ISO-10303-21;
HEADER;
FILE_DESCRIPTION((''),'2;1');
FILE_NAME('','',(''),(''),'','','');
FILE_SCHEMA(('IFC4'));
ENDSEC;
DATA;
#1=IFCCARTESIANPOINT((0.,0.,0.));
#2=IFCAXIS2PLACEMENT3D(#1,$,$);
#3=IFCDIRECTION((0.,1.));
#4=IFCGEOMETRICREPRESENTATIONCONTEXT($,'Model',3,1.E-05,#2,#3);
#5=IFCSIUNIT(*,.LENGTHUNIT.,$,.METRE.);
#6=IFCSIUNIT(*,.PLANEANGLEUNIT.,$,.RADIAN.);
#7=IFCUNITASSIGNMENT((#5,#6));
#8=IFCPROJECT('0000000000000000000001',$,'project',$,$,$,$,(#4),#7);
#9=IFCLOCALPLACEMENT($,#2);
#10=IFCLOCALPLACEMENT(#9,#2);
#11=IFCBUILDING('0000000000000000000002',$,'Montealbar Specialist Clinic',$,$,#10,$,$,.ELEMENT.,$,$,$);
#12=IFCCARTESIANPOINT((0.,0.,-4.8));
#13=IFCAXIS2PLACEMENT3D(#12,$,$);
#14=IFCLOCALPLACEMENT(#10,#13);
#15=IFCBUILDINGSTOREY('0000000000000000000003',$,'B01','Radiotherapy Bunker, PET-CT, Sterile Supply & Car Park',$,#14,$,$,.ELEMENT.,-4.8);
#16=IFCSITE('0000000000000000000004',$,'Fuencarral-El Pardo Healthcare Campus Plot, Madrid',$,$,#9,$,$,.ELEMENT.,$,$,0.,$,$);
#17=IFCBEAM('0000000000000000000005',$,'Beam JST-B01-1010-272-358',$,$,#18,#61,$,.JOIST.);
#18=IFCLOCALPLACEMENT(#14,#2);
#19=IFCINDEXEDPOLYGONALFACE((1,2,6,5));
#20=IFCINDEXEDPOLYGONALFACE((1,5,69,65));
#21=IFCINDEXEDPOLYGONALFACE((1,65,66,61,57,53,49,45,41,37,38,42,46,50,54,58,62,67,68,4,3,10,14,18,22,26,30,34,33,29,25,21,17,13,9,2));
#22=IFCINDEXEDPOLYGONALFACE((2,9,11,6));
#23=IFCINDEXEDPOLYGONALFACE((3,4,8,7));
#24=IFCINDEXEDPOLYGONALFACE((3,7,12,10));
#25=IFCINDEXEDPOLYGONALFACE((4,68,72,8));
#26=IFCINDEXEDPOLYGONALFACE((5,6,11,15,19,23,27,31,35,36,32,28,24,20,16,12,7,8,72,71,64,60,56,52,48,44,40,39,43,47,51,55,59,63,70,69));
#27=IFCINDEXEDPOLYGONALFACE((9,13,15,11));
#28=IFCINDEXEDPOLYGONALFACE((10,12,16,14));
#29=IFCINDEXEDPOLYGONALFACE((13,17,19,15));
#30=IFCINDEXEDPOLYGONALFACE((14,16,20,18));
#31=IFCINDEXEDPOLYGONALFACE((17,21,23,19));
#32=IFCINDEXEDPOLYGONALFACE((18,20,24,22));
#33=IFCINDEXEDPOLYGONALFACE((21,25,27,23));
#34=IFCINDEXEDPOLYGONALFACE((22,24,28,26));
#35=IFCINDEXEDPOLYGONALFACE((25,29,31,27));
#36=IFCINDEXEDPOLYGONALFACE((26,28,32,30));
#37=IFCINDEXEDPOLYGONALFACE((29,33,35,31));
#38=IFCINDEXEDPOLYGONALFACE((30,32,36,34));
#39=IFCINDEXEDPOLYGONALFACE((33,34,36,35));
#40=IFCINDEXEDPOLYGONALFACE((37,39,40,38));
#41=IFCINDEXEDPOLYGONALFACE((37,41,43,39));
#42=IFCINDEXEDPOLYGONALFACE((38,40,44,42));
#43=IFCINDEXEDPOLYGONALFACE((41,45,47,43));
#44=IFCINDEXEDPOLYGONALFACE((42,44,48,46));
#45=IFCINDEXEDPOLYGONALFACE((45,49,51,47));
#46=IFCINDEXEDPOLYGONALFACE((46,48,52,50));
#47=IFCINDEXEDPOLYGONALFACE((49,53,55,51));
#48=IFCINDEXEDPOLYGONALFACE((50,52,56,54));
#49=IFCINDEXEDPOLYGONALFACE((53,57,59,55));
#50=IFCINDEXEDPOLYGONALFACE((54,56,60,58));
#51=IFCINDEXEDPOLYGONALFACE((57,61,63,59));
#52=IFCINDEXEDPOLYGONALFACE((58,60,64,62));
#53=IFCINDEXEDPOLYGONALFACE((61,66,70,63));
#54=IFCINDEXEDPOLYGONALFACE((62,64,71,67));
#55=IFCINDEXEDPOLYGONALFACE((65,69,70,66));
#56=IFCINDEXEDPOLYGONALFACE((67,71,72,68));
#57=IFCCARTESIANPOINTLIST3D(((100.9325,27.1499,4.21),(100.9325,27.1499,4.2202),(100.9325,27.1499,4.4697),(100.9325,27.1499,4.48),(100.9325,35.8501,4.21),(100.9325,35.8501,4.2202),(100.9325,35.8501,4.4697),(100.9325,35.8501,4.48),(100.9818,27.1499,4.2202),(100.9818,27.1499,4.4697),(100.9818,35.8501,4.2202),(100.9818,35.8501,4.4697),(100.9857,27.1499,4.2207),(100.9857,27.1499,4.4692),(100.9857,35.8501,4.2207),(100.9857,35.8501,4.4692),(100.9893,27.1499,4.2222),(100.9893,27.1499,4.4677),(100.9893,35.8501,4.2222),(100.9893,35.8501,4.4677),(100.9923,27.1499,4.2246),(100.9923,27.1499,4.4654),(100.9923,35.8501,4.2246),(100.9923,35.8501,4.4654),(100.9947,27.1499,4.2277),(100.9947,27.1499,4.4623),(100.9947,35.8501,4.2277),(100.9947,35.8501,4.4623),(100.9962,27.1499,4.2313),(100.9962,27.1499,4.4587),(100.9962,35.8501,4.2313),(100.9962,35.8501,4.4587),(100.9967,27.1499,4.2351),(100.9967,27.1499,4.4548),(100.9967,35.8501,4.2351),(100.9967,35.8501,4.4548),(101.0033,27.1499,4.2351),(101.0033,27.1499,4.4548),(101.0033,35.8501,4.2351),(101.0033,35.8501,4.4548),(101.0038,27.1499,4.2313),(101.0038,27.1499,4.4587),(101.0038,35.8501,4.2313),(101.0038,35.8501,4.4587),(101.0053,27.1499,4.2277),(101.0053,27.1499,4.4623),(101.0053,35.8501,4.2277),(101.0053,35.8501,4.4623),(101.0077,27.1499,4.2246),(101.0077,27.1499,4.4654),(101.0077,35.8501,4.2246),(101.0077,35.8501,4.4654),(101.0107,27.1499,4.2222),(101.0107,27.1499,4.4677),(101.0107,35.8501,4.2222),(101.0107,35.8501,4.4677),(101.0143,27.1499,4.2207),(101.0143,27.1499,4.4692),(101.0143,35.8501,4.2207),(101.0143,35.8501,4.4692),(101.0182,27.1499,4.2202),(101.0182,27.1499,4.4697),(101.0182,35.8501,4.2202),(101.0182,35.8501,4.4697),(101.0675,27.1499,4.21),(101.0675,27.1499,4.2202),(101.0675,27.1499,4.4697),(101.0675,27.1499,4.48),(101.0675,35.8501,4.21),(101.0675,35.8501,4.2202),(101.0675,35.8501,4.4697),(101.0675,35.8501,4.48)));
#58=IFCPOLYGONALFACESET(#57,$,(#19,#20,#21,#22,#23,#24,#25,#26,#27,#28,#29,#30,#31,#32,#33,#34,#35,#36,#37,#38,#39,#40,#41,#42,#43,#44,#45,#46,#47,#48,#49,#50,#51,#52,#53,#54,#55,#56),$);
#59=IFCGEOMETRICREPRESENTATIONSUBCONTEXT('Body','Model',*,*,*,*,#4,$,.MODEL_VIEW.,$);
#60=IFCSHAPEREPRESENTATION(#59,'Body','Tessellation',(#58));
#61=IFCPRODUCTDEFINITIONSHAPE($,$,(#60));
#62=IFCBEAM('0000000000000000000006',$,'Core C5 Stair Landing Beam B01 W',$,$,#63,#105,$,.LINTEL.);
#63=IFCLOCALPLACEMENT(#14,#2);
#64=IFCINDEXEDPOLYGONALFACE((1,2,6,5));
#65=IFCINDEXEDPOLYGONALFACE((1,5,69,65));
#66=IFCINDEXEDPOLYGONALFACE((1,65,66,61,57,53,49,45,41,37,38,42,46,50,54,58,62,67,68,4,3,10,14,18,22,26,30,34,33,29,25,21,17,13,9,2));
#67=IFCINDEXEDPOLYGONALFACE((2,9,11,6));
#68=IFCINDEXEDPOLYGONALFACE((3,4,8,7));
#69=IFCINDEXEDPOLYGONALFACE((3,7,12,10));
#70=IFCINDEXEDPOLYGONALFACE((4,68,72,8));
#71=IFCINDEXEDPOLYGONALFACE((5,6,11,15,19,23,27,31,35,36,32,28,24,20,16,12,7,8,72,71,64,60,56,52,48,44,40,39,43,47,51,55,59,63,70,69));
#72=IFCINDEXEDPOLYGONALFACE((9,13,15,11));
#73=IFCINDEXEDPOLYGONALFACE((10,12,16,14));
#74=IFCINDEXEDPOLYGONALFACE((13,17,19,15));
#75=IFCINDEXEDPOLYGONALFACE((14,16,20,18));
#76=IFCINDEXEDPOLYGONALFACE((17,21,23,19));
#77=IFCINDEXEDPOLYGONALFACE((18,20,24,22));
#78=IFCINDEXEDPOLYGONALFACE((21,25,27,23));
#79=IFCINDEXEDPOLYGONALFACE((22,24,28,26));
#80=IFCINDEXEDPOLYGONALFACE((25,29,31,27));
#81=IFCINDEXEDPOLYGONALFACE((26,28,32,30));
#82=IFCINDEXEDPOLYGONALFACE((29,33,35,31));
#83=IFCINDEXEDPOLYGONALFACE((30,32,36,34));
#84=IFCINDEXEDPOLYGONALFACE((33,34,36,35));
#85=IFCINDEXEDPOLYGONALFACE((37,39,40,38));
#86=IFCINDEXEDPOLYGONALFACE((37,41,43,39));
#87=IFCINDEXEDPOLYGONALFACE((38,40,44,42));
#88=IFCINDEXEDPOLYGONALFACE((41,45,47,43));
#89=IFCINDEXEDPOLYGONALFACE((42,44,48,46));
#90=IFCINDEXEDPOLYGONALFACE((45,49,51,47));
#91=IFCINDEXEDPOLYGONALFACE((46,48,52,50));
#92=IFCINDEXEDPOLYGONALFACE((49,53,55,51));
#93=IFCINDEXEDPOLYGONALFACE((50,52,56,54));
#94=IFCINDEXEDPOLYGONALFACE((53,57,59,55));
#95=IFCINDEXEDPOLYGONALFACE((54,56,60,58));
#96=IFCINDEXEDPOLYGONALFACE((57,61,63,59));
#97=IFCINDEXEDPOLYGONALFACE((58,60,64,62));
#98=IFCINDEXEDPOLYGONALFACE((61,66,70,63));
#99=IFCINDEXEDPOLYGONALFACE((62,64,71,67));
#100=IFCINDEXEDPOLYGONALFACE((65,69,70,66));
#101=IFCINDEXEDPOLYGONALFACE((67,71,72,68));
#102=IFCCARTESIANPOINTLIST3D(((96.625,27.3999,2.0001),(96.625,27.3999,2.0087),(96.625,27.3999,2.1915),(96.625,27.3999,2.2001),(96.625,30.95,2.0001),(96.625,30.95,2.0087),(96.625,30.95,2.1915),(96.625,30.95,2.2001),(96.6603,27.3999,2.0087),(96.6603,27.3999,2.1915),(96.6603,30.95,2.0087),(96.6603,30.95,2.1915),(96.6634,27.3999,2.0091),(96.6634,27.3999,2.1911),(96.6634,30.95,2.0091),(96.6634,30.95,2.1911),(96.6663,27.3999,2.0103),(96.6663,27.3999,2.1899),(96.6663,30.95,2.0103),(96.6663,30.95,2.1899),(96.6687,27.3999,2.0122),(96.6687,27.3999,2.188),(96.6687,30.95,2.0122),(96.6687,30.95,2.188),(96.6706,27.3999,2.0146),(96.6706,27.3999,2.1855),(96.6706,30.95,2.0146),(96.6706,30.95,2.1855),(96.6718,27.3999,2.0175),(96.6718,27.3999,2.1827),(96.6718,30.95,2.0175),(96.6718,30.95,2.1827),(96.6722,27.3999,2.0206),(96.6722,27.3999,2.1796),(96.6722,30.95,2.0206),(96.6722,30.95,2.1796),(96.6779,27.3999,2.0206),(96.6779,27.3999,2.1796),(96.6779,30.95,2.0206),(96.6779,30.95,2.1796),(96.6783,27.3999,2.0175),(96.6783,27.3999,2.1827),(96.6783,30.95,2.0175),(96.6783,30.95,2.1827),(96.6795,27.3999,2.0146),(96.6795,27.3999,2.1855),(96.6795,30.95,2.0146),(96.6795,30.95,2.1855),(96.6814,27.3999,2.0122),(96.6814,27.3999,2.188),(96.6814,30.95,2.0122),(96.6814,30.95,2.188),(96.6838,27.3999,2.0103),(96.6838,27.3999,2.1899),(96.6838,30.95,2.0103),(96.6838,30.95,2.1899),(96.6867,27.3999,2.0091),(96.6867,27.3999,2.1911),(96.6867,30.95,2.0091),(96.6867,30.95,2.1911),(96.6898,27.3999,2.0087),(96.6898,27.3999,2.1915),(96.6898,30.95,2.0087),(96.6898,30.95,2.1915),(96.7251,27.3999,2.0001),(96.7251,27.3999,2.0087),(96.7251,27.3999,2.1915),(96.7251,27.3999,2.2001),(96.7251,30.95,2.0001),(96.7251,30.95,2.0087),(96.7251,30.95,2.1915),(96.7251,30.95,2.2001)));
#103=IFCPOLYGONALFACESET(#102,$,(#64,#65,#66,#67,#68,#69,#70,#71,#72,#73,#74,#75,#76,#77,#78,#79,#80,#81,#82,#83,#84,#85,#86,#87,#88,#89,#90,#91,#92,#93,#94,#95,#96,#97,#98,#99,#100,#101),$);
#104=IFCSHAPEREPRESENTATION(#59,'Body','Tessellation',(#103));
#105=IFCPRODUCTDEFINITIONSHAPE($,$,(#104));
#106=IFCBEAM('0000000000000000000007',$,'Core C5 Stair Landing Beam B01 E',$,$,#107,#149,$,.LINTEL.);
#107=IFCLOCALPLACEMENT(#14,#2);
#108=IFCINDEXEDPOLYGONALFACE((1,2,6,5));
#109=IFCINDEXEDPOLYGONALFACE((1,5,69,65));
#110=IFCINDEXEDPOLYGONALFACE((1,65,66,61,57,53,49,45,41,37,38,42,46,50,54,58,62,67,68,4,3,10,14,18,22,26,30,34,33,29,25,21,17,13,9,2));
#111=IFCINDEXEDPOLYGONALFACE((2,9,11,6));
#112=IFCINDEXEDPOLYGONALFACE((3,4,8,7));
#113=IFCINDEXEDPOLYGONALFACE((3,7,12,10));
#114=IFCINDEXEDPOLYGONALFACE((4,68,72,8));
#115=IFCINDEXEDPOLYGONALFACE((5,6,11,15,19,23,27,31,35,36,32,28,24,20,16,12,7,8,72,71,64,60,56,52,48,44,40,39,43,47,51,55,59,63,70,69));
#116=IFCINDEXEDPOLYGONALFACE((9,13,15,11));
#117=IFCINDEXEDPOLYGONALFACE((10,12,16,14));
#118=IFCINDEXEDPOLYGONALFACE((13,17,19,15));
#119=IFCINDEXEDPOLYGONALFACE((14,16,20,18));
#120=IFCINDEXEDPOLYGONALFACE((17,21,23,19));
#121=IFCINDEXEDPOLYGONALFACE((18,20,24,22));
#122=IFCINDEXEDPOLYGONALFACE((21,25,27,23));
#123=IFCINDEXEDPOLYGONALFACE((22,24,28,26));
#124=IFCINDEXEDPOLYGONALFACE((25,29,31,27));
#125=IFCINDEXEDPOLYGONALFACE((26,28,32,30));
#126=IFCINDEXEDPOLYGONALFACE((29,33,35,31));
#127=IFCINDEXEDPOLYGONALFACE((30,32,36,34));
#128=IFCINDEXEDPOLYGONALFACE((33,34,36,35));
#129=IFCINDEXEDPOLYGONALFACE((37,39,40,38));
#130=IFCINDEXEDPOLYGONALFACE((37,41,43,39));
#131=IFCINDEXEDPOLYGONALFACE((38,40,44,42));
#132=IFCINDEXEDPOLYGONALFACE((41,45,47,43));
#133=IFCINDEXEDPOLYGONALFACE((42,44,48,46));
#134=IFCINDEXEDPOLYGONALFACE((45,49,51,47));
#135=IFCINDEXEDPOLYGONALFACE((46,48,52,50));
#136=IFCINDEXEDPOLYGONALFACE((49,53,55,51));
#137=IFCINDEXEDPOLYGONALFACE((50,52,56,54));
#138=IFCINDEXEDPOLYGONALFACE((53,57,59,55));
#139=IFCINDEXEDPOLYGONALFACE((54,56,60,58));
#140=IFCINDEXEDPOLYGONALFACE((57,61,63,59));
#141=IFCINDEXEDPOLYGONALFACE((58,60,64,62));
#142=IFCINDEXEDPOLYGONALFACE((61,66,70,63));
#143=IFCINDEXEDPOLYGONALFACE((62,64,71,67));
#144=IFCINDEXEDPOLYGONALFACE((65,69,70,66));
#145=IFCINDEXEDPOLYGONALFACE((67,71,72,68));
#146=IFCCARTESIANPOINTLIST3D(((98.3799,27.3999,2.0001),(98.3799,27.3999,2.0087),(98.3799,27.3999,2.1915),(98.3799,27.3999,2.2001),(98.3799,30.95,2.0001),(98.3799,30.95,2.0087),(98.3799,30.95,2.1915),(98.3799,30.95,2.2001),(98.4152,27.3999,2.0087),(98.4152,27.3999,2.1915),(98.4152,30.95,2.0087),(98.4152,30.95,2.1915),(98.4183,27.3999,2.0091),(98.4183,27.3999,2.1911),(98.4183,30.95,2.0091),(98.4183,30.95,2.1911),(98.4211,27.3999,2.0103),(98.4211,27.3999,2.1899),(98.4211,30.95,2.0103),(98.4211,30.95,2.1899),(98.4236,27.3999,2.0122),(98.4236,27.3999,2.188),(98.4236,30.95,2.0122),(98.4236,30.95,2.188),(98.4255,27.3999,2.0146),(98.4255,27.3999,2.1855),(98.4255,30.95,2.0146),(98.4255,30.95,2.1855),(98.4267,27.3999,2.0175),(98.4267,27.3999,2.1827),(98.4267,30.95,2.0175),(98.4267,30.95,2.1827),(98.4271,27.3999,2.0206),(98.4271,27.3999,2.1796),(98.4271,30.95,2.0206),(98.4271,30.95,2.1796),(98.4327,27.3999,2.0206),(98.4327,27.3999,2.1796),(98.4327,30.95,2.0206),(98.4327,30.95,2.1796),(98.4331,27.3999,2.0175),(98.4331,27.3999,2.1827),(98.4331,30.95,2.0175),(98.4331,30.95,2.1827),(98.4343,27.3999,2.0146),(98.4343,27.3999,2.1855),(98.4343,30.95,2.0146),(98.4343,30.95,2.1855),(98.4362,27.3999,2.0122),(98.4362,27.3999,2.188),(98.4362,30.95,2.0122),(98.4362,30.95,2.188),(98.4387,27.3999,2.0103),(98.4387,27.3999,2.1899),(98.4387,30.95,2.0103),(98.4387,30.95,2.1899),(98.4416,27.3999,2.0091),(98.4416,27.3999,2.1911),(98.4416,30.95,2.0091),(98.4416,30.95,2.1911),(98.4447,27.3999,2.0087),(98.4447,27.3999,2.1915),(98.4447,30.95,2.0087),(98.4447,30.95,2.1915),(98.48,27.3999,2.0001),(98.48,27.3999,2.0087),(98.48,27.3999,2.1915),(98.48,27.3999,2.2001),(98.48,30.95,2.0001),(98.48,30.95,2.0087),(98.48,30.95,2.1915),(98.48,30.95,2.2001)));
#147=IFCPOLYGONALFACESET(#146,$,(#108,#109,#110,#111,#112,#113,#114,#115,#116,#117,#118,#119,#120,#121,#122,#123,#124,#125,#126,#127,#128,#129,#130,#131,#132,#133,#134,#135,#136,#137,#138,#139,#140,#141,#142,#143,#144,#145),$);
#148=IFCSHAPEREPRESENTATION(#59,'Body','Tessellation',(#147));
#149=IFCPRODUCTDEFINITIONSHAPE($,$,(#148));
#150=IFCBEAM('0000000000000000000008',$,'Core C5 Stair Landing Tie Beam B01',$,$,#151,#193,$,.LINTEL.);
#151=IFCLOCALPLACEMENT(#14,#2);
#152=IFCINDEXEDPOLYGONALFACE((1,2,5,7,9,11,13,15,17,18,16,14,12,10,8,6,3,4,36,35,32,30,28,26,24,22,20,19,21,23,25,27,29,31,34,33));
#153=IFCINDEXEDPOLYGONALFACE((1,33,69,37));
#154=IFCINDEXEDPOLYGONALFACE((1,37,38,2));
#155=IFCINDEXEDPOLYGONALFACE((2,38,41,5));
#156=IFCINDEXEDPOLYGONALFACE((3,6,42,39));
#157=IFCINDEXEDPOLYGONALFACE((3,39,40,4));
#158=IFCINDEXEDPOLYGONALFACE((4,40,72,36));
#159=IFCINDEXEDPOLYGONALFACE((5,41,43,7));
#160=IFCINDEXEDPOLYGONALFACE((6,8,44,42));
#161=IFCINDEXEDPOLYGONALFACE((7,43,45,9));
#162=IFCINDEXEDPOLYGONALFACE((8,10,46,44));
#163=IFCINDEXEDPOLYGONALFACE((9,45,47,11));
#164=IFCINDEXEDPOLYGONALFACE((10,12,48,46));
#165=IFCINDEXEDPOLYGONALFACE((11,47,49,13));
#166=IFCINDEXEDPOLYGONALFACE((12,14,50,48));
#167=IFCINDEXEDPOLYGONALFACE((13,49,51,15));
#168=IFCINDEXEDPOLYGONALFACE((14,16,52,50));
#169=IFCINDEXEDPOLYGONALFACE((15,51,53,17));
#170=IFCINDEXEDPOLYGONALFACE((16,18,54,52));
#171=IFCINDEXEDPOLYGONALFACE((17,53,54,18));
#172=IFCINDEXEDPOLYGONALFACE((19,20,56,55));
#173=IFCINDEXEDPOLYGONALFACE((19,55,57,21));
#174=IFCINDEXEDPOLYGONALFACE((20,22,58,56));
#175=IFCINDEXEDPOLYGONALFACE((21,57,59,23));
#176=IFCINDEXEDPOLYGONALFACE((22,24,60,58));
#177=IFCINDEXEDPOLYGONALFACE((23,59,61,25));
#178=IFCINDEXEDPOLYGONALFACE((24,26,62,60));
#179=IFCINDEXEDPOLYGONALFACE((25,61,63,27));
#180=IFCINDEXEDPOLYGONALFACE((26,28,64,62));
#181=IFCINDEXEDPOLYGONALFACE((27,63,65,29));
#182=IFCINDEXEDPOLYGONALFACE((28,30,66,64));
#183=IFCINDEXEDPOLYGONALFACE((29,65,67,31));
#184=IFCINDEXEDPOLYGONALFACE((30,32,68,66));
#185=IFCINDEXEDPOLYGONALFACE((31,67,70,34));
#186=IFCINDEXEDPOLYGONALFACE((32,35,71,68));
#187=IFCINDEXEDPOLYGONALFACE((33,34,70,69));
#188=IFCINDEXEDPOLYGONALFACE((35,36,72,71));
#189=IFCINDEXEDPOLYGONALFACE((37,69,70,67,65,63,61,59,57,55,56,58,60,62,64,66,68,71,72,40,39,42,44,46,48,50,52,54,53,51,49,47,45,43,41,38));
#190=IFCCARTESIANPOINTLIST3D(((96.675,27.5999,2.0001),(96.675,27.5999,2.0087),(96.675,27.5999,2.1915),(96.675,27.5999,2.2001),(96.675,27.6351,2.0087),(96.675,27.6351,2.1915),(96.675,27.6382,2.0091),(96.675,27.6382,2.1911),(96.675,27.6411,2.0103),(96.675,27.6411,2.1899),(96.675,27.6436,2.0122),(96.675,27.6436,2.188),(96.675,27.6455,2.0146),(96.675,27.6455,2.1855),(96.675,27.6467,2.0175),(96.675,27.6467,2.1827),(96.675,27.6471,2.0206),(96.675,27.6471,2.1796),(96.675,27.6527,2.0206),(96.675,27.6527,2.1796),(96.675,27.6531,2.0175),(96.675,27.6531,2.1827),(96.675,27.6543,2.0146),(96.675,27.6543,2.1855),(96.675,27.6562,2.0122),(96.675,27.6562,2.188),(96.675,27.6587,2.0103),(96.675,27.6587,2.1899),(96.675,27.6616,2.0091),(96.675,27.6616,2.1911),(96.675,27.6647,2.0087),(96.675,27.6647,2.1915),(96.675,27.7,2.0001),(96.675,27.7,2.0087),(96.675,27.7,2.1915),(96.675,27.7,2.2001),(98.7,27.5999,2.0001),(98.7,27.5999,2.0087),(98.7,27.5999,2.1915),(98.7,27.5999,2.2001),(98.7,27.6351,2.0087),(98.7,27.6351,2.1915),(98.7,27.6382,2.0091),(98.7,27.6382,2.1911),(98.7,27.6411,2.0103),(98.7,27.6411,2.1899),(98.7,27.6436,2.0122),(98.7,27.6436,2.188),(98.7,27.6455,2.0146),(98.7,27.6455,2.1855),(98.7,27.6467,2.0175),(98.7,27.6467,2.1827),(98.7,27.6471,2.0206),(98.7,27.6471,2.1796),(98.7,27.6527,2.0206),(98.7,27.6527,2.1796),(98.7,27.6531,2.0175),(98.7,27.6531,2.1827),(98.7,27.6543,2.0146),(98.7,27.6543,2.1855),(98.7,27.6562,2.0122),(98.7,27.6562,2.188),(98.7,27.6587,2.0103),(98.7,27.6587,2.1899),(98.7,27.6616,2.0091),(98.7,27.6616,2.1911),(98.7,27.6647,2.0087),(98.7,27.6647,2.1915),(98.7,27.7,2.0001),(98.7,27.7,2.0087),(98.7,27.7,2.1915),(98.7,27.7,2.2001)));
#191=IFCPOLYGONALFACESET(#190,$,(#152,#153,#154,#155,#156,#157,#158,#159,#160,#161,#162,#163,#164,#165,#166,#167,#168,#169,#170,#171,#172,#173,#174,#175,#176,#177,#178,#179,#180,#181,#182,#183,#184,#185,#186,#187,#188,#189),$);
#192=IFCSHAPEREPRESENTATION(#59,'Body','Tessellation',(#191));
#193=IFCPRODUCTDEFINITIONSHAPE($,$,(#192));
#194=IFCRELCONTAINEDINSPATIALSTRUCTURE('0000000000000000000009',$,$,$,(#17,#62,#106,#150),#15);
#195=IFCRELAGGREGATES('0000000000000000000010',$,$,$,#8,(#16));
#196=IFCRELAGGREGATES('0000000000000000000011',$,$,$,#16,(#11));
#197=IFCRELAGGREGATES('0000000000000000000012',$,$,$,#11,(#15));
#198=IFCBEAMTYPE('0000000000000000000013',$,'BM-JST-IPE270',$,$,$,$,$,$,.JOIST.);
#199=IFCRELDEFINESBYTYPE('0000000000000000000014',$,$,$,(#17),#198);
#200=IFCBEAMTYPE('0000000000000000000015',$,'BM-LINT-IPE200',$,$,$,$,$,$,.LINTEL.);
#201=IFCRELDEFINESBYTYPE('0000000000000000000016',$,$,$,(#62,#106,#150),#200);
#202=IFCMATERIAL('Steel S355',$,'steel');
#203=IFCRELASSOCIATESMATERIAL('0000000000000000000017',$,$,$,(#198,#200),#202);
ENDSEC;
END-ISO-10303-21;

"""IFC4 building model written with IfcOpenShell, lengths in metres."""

from ifc_helpers import new_model, si_unit, direction, frame, origin, origin_2d, place, context, subcontext, project, spatial, i_section, extrude, material, material_profile, profile_set, type_object, element, save


model = new_model("IFC4")

# Units and contexts
model_context = context("Model", 3, precision=1e-05, world=origin(), true_north=direction((0.0, 1.0)))
body_context = subcontext(model_context, "Body", "Model", "MODEL_VIEW")
ifc_project = project(units=[si_unit("LENGTHUNIT", "METRE"), si_unit("PLANEANGLEUNIT", "RADIAN")], contexts=[model_context])

# Site, building, storey
site_placement = place(None, origin())
site = spatial("IfcSite", under=ifc_project, at=site_placement, Name="Fuencarral-El Pardo Healthcare Campus Plot, Madrid", CompositionType="ELEMENT", RefElevation=0.0)
building_placement = place(site_placement, origin())
building = spatial("IfcBuilding", under=site, at=building_placement, Name="Montealbar Specialist Clinic", CompositionType="ELEMENT")
storey_placement = place(building_placement, frame((0.0, 0.0, -4.8)))
storey = spatial("IfcBuildingStorey", under=building, at=storey_placement, Name="B01", Description="Radiotherapy Bunker, PET-CT, Sterile Supply & Car Park", CompositionType="ELEMENT", Elevation=-4.8)

# Shared definitions
ifc_material_1 = material(Name="Steel S355", Category="steel")

# Beams
ifc_material_profile_1 = material_profile(ifc_material_1, i_section(OverallWidth=0.135, OverallDepth=0.27, WebThickness=0.0066, FlangeThickness=0.0103, FilletRadius=0.0149, at=origin_2d()), Name="IPE 270", Category="steel")
ifc_profile_set_1 = profile_set([ifc_material_profile_1], Name="Steel S355")
beam_type_1 = type_object("IfcBeamType", Name="BM-JST-IPE270", PredefinedType="JOIST", material=ifc_profile_set_1)
beam_1_placement = place(storey_placement, frame((101.0, 27.1499, 4.345), z_axis=(0.0, 1.0, 0.0), x_axis=(-1.0, 0.0, 0.0)))
element("IfcBeam", 1, at=beam_1_placement, inside=storey, type_object=beam_type_1, Name="Beam JST-B01-1010-272-358", PredefinedType="JOIST", context=body_context, shape_type="SweptSolid", body=[
    extrude(i_section(OverallWidth=0.135, OverallDepth=0.27, WebThickness=0.0066, FlangeThickness=0.0103, FilletRadius=0.0149, at=origin_2d()), origin(), (0.0, 0.0, 1.0), 8.7002),
])
ifc_material_profile_2 = material_profile(ifc_material_1, i_section(OverallWidth=0.1001, OverallDepth=0.2, WebThickness=0.0056, FlangeThickness=0.0085, FilletRadius=0.012, at=origin_2d()), Name="IPE 200", Category="steel")
ifc_profile_set_2 = profile_set([ifc_material_profile_2], Name="Steel S355")
beam_type_2 = type_object("IfcBeamType", Name="BM-LINT-IPE200", PredefinedType="LINTEL", material=ifc_profile_set_2)
for number, where, z_axis, x_axis, name in (
    (2, (96.675, 27.3999, 2.1001), (0.0, 1.0, 0.0), (-1.0, 0.0, 0.0), "Core C5 Stair Landing Beam B01 W"),
    (3, (98.4299, 27.3999, 2.1001), (0.0, 1.0, 0.0), (-1.0, 0.0, 0.0), "Core C5 Stair Landing Beam B01 E"),
):
    element("IfcBeam", number, at=place(storey_placement, frame(where, z_axis=z_axis, x_axis=x_axis)), inside=storey, type_object=beam_type_2, Name=name, PredefinedType="LINTEL", context=body_context, shape_type="SweptSolid", body=[
        extrude(i_section(OverallWidth=0.1001, OverallDepth=0.2, WebThickness=0.0056, FlangeThickness=0.0085, FilletRadius=0.012, at=origin_2d()), origin(), (0.0, 0.0, 1.0), 3.55),
    ])
beam_2_placement = place(storey_placement, frame((96.675, 27.6499, 2.1001), z_axis=(1.0, 0.0, 0.0), x_axis=(0.0, 1.0, 0.0)))
element("IfcBeam", 4, at=beam_2_placement, inside=storey, type_object=beam_type_2, Name="Core C5 Stair Landing Tie Beam B01", PredefinedType="LINTEL", context=body_context, shape_type="SweptSolid", body=[
    extrude(i_section(OverallWidth=0.1001, OverallDepth=0.2, WebThickness=0.0056, FlangeThickness=0.0085, FilletRadius=0.012, at=origin_2d()), origin(), (0.0, 0.0, 1.0), 2.0249),
])

save(model, "model.ifc")
